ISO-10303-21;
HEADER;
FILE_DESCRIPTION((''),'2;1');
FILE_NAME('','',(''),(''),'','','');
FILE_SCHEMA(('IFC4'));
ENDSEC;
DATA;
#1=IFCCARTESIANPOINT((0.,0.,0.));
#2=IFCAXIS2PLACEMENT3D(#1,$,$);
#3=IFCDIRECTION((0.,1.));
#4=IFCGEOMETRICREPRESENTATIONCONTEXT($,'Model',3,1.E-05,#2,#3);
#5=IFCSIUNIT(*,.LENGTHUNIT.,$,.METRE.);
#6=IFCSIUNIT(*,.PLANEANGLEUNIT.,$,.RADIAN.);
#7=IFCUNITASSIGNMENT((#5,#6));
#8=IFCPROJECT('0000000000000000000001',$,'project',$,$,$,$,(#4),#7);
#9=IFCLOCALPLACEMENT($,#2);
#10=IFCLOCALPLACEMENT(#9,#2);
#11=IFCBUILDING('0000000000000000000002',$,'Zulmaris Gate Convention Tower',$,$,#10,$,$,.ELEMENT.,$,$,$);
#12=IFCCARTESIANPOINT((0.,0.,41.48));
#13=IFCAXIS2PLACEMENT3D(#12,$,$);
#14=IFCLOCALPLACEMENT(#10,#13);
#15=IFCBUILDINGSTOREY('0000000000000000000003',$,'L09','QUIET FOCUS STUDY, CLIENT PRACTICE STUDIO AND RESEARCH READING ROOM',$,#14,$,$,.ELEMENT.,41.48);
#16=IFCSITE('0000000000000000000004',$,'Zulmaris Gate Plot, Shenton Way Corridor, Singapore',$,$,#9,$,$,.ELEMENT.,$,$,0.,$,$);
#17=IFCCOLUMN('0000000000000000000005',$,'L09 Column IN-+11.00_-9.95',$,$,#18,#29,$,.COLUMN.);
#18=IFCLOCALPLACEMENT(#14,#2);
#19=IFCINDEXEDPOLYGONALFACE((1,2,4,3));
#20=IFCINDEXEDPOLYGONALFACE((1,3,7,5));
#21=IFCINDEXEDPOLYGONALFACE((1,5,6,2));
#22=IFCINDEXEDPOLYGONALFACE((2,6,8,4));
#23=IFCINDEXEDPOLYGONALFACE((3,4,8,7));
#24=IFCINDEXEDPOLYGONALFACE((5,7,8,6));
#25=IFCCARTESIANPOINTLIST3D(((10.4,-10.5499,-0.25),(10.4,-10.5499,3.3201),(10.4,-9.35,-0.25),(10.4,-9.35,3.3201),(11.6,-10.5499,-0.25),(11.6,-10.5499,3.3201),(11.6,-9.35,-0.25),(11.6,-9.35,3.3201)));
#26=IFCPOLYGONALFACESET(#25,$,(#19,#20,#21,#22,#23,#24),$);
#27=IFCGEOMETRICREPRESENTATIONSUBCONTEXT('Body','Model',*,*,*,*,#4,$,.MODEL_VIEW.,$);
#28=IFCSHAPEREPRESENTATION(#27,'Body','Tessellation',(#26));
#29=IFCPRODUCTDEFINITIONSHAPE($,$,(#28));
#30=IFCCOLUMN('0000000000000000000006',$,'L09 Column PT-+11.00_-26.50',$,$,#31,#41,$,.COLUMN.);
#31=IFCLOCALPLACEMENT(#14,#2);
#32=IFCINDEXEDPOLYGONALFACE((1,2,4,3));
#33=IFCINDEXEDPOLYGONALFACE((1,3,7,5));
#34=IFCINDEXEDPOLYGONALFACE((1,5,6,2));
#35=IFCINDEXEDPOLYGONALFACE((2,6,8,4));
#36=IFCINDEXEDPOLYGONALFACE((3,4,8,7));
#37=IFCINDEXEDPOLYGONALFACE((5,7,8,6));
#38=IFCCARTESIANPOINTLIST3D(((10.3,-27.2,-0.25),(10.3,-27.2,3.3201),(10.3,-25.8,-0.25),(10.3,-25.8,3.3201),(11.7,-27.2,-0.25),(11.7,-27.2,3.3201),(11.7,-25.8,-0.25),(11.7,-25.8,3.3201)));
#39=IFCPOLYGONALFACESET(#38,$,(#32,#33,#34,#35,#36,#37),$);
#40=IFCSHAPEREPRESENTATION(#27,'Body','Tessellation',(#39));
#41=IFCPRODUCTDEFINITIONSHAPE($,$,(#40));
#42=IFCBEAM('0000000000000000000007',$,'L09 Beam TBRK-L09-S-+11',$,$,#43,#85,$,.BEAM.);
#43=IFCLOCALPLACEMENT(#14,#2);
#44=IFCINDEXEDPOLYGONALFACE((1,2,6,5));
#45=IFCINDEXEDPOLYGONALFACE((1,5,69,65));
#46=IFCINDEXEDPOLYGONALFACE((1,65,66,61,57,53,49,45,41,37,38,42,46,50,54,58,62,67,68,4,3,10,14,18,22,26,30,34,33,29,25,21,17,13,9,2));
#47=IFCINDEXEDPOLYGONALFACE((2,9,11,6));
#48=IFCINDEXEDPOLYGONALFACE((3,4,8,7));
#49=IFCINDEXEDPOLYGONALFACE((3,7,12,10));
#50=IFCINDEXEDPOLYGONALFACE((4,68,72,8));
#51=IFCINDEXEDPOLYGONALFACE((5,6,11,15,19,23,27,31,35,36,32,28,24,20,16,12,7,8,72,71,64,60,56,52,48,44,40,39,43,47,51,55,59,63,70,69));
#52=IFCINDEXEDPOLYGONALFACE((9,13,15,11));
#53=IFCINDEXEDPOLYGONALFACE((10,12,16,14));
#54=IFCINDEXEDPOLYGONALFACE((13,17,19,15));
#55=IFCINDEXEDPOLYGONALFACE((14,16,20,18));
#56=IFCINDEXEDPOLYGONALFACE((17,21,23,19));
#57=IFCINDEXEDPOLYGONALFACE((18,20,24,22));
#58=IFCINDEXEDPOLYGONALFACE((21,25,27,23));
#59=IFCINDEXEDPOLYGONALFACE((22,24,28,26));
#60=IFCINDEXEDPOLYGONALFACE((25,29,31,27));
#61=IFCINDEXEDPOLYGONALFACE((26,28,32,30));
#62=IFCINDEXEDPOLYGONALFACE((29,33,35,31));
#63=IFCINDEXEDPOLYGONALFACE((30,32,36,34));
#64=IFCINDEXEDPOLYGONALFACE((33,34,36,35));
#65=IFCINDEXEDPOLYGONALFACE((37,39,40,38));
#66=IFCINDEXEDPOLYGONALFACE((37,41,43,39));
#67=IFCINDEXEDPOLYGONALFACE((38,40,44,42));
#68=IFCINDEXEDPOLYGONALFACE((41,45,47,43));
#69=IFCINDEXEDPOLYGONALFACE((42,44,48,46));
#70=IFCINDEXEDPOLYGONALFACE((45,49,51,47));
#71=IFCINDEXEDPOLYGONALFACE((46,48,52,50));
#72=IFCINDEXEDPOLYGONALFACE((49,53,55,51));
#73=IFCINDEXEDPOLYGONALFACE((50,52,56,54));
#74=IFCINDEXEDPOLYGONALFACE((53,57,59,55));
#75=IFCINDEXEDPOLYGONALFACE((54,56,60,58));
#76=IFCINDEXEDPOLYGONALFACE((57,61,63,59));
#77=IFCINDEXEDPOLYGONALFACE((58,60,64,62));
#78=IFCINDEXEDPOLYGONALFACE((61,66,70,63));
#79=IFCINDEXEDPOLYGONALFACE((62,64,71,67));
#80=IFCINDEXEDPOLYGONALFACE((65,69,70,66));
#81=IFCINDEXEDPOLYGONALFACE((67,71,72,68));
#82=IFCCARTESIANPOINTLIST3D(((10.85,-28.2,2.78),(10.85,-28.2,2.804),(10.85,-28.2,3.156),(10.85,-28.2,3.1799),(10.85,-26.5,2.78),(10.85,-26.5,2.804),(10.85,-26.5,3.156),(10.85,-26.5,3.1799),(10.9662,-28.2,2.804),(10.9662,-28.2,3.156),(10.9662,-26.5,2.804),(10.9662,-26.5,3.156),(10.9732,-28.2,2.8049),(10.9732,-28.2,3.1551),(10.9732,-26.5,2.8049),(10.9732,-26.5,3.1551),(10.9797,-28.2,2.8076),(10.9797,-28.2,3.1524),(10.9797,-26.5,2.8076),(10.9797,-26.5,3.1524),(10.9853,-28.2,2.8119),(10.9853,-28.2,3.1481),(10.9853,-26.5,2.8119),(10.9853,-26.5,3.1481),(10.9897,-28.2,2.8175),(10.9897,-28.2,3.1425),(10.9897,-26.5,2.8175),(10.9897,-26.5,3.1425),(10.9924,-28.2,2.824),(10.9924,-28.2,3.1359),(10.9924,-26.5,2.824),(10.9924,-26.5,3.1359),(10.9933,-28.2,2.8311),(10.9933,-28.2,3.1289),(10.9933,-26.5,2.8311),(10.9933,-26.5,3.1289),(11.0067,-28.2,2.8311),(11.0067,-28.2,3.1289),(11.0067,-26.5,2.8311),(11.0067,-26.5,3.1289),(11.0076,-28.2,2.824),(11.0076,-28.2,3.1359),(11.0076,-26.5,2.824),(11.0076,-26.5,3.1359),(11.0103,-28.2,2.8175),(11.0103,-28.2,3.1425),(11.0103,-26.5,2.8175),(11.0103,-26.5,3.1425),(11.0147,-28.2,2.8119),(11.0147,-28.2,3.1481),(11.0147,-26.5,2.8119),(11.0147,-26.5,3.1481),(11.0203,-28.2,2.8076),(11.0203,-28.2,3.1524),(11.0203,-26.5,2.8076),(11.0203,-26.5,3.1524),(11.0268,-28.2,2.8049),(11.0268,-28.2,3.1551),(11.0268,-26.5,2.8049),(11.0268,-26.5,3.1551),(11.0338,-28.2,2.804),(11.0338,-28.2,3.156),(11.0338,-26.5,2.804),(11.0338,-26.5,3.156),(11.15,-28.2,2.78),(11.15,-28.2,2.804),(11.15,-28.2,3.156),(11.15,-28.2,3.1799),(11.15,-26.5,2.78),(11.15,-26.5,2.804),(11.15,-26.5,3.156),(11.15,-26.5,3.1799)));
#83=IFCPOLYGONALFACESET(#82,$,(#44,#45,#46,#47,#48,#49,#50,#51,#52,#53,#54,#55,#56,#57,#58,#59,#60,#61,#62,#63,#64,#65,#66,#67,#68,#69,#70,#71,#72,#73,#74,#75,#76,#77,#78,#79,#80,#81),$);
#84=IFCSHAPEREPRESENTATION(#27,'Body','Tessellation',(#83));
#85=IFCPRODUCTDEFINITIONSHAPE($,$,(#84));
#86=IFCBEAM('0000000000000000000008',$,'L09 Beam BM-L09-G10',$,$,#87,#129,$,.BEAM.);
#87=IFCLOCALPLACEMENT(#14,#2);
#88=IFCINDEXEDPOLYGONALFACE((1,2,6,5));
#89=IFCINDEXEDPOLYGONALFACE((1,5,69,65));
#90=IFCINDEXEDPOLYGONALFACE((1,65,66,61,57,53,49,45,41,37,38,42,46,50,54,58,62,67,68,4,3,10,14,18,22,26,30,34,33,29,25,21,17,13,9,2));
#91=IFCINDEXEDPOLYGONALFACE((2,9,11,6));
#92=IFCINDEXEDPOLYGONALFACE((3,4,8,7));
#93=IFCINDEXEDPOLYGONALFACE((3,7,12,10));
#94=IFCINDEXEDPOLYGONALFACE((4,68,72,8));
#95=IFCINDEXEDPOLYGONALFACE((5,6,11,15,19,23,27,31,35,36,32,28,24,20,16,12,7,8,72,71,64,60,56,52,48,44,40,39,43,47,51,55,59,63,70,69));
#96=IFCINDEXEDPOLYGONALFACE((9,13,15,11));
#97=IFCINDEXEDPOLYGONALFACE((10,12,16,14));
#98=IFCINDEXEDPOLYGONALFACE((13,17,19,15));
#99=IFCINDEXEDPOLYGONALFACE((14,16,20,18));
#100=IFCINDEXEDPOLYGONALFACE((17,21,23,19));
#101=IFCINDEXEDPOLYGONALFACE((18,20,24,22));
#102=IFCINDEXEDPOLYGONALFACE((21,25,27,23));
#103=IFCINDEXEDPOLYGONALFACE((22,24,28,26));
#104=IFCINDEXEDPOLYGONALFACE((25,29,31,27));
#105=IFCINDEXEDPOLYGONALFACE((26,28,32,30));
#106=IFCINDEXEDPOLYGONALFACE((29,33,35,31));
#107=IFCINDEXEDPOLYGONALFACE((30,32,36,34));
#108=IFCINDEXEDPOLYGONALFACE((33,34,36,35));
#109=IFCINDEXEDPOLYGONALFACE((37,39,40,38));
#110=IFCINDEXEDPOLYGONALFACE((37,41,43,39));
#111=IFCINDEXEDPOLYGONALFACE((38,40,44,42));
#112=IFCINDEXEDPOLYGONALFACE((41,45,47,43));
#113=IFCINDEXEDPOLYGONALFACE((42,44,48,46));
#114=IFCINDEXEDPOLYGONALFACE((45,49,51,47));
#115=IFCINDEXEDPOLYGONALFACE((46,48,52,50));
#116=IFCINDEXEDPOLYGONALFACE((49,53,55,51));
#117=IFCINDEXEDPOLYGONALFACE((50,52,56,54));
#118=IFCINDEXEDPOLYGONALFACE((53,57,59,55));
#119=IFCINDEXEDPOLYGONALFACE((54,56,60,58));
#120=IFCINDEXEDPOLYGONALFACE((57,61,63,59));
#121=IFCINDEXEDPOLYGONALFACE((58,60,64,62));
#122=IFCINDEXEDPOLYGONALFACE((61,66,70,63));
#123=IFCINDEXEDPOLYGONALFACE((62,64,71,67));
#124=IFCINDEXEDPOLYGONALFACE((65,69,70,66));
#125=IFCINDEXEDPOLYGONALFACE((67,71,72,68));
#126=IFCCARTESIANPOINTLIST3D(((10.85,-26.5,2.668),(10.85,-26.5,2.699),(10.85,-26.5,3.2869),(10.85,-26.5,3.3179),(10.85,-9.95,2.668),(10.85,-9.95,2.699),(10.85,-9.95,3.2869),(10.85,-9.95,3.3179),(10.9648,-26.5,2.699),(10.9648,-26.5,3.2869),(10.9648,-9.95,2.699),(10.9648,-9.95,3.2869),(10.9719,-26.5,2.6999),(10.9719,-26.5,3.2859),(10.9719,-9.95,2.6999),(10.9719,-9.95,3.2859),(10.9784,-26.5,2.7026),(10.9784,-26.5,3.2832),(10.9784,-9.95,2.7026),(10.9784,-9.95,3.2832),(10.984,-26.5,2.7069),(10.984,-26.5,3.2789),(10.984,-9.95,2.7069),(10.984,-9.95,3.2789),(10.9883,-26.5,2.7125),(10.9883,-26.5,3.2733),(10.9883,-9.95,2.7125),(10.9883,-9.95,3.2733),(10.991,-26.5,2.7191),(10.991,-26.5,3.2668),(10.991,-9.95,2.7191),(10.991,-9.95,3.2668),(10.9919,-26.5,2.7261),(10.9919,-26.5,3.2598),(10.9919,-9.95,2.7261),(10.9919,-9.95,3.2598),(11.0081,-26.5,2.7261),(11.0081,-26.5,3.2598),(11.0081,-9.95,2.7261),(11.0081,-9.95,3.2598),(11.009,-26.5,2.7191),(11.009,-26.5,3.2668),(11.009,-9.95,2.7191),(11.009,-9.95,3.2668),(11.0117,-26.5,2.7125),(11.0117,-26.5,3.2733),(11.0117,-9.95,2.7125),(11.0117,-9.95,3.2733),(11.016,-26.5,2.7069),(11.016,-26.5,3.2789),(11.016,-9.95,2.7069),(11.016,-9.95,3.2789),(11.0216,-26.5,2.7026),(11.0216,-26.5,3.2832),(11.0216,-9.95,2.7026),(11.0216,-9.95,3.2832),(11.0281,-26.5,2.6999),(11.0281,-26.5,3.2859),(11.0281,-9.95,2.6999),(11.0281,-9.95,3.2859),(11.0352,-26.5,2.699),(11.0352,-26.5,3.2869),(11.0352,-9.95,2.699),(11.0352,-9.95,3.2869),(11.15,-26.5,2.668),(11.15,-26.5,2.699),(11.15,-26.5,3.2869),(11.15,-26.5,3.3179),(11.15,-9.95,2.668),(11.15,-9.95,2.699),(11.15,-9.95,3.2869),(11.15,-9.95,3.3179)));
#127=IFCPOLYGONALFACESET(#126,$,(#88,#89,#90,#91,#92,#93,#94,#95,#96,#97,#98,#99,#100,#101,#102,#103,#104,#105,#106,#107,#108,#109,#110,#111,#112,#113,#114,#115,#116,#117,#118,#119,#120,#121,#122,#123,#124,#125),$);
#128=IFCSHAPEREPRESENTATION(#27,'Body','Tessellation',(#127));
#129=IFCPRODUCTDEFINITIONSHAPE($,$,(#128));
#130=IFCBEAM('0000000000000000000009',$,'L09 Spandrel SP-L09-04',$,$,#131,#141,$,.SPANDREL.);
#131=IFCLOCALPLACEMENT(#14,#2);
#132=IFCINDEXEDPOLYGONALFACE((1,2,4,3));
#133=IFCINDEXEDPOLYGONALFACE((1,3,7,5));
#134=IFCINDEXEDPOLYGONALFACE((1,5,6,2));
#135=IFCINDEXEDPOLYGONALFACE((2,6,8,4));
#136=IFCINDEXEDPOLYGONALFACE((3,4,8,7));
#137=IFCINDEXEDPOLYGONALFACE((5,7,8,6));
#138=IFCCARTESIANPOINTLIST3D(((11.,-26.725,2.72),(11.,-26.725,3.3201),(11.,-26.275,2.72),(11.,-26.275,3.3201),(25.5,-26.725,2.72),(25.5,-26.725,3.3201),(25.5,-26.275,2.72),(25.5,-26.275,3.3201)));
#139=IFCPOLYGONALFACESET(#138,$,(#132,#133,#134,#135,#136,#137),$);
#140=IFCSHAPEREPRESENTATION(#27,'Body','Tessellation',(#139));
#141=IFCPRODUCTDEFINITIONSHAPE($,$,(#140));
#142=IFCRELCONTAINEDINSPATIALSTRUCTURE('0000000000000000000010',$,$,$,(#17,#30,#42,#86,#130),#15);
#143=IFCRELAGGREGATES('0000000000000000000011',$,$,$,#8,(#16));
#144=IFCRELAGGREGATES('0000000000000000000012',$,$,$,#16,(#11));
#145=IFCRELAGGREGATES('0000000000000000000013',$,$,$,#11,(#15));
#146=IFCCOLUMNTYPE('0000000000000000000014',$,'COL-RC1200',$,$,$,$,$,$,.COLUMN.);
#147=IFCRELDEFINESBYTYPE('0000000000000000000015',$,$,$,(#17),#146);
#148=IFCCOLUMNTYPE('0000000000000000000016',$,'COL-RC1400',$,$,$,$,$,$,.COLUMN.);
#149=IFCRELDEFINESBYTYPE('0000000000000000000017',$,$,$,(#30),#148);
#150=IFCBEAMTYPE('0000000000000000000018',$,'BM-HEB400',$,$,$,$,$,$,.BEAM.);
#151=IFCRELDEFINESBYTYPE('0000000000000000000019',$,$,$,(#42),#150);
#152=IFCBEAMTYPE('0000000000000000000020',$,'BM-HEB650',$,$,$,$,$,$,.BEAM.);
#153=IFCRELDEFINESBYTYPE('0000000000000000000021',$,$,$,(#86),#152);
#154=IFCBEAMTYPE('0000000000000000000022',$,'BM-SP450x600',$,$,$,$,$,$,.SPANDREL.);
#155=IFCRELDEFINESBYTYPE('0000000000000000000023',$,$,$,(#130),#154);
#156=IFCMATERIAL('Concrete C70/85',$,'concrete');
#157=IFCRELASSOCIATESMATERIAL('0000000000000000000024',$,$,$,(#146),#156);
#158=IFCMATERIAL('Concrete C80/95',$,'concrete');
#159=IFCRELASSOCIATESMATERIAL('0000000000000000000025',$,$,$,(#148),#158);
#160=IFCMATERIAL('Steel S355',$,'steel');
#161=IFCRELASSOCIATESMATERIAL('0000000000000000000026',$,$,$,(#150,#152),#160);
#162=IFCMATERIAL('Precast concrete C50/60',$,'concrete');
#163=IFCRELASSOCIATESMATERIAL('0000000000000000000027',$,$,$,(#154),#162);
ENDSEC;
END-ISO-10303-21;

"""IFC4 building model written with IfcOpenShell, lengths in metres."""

from ifc_helpers import new_model, si_unit, direction, frame, origin, origin_2d, place, context, subcontext, project, spatial, rectangle, i_section, extrude, material, material_profile, profile_set, type_object, element, save


model = new_model("IFC4")

# Units and contexts
model_context = context("Model", 3, precision=1e-05, world=origin(), true_north=direction((0.0, 1.0)))
body_context = subcontext(model_context, "Body", "Model", "MODEL_VIEW")
ifc_project = project(units=[si_unit("LENGTHUNIT", "METRE"), si_unit("PLANEANGLEUNIT", "RADIAN")], contexts=[model_context])

# Site, building, storey
site_placement = place(None, origin())
site = spatial("IfcSite", under=ifc_project, at=site_placement, Name="Zulmaris Gate Plot, Shenton Way Corridor, Singapore", CompositionType="ELEMENT", RefElevation=0.0)
building_placement = place(site_placement, origin())
building = spatial("IfcBuilding", under=site, at=building_placement, Name="Zulmaris Gate Convention Tower", CompositionType="ELEMENT")
storey_placement = place(building_placement, frame((0.0, 0.0, 41.48)))
storey = spatial("IfcBuildingStorey", under=building, at=storey_placement, Name="L09", Description="QUIET FOCUS STUDY, CLIENT PRACTICE STUDIO AND RESEARCH READING ROOM", CompositionType="ELEMENT", Elevation=41.48)

# Columns
ifc_material_1 = material(Name="Concrete C70/85", Category="concrete")
ifc_material_profile_1 = material_profile(ifc_material_1, rectangle(XDim=1.2, YDim=1.2, at=origin_2d()), Name="RC COL 1200x1200")
ifc_profile_set_1 = profile_set([ifc_material_profile_1], Name="Concrete C70/85")
column_type_1 = type_object("IfcColumnType", Name="COL-RC1200", PredefinedType="COLUMN", material=ifc_profile_set_1)
column_1_placement = place(storey_placement, frame((11.0, -9.95, -0.25), z_axis=(0.0, 0.0, 1.0), x_axis=(1.0, 0.0, 0.0)))
element("IfcColumn", 1, at=column_1_placement, inside=storey, type_object=column_type_1, Name="L09 Column IN-+11.00_-9.95", PredefinedType="COLUMN", context=body_context, shape_type="SweptSolid", body=[
    extrude(rectangle(XDim=1.2, YDim=1.2, at=origin_2d()), origin(), (0.0, 0.0, 1.0), 3.5701),
])
ifc_material_2 = material(Name="Concrete C80/95", Category="concrete")
ifc_material_profile_2 = material_profile(ifc_material_2, rectangle(XDim=1.3999, YDim=1.3999, at=origin_2d()), Name="RC COL 1400x1400")
ifc_profile_set_2 = profile_set([ifc_material_profile_2], Name="Concrete C80/95")
column_type_2 = type_object("IfcColumnType", Name="COL-RC1400", PredefinedType="COLUMN", material=ifc_profile_set_2)
column_2_placement = place(storey_placement, frame((11.0, -26.5, -0.25), z_axis=(0.0, 0.0, 1.0), x_axis=(1.0, 0.0, 0.0)))
element("IfcColumn", 2, at=column_2_placement, inside=storey, type_object=column_type_2, Name="L09 Column PT-+11.00_-26.50", PredefinedType="COLUMN", context=body_context, shape_type="SweptSolid", body=[
    extrude(rectangle(XDim=1.3999, YDim=1.3999, at=origin_2d()), origin(), (0.0, 0.0, 1.0), 3.5701),
])

# Beams
ifc_material_3 = material(Name="Steel S355", Category="steel")
ifc_material_profile_3 = material_profile(ifc_material_3, i_section(OverallWidth=0.3, OverallDepth=0.3999, WebThickness=0.0134, FlangeThickness=0.0239, FilletRadius=0.0271, at=origin_2d()), Name="HEB 400")
ifc_profile_set_3 = profile_set([ifc_material_profile_3], Name="Steel S355")
beam_type_1 = type_object("IfcBeamType", Name="BM-HEB400", PredefinedType="BEAM", material=ifc_profile_set_3)
beam_1_placement = place(storey_placement, frame((11.0, -28.2, 2.98), z_axis=(0.0, 1.0, 0.0), x_axis=(-1.0, 0.0, 0.0)))
element("IfcBeam", 3, at=beam_1_placement, inside=storey, type_object=beam_type_1, Name="L09 Beam TBRK-L09-S-+11", PredefinedType="BEAM", context=body_context, shape_type="SweptSolid", body=[
    extrude(i_section(OverallWidth=0.3, OverallDepth=0.3999, WebThickness=0.0134, FlangeThickness=0.0239, FilletRadius=0.0271, at=origin_2d()), origin(), (0.0, 0.0, 1.0), 1.7),
])
ifc_material_profile_4 = material_profile(ifc_material_3, i_section(OverallWidth=0.3, OverallDepth=0.6499, WebThickness=0.0161, FlangeThickness=0.031, FilletRadius=0.0271, at=origin_2d()), Name="HEB 650")
ifc_profile_set_4 = profile_set([ifc_material_profile_4], Name="Steel S355")
beam_type_2 = type_object("IfcBeamType", Name="BM-HEB650", PredefinedType="BEAM", material=ifc_profile_set_4)
beam_2_placement = place(storey_placement, frame((11.0, -26.5, 2.9929), z_axis=(0.0, 1.0, 0.0), x_axis=(-1.0, 0.0, 0.0)))
element("IfcBeam", 4, at=beam_2_placement, inside=storey, type_object=beam_type_2, Name="L09 Beam BM-L09-G10", PredefinedType="BEAM", context=body_context, shape_type="SweptSolid", body=[
    extrude(i_section(OverallWidth=0.3, OverallDepth=0.6499, WebThickness=0.0161, FlangeThickness=0.031, FilletRadius=0.0271, at=origin_2d()), origin(), (0.0, 0.0, 1.0), 16.55),
])
ifc_material_4 = material(Name="Precast concrete C50/60", Category="concrete")
ifc_material_profile_5 = material_profile(ifc_material_4, rectangle(XDim=0.45, YDim=0.6001, at=origin_2d()), Name="RC SPANDREL 450x600")
ifc_profile_set_5 = profile_set([ifc_material_profile_5], Name="Precast concrete C50/60")
beam_type_3 = type_object("IfcBeamType", Name="BM-SP450x600", PredefinedType="SPANDREL", material=ifc_profile_set_5)
beam_3_placement = place(storey_placement, frame((11.0, -26.5, 3.02), z_axis=(1.0, 0.0, 0.0), x_axis=(0.0, 1.0, 0.0)))
element("IfcBeam", 5, at=beam_3_placement, inside=storey, type_object=beam_type_3, Name="L09 Spandrel SP-L09-04", PredefinedType="SPANDREL", context=body_context, shape_type="SweptSolid", body=[
    extrude(rectangle(XDim=0.45, YDim=0.6001, at=origin_2d()), origin(), (0.0, 0.0, 1.0), 14.5),
])

save(model, "model.ifc")
